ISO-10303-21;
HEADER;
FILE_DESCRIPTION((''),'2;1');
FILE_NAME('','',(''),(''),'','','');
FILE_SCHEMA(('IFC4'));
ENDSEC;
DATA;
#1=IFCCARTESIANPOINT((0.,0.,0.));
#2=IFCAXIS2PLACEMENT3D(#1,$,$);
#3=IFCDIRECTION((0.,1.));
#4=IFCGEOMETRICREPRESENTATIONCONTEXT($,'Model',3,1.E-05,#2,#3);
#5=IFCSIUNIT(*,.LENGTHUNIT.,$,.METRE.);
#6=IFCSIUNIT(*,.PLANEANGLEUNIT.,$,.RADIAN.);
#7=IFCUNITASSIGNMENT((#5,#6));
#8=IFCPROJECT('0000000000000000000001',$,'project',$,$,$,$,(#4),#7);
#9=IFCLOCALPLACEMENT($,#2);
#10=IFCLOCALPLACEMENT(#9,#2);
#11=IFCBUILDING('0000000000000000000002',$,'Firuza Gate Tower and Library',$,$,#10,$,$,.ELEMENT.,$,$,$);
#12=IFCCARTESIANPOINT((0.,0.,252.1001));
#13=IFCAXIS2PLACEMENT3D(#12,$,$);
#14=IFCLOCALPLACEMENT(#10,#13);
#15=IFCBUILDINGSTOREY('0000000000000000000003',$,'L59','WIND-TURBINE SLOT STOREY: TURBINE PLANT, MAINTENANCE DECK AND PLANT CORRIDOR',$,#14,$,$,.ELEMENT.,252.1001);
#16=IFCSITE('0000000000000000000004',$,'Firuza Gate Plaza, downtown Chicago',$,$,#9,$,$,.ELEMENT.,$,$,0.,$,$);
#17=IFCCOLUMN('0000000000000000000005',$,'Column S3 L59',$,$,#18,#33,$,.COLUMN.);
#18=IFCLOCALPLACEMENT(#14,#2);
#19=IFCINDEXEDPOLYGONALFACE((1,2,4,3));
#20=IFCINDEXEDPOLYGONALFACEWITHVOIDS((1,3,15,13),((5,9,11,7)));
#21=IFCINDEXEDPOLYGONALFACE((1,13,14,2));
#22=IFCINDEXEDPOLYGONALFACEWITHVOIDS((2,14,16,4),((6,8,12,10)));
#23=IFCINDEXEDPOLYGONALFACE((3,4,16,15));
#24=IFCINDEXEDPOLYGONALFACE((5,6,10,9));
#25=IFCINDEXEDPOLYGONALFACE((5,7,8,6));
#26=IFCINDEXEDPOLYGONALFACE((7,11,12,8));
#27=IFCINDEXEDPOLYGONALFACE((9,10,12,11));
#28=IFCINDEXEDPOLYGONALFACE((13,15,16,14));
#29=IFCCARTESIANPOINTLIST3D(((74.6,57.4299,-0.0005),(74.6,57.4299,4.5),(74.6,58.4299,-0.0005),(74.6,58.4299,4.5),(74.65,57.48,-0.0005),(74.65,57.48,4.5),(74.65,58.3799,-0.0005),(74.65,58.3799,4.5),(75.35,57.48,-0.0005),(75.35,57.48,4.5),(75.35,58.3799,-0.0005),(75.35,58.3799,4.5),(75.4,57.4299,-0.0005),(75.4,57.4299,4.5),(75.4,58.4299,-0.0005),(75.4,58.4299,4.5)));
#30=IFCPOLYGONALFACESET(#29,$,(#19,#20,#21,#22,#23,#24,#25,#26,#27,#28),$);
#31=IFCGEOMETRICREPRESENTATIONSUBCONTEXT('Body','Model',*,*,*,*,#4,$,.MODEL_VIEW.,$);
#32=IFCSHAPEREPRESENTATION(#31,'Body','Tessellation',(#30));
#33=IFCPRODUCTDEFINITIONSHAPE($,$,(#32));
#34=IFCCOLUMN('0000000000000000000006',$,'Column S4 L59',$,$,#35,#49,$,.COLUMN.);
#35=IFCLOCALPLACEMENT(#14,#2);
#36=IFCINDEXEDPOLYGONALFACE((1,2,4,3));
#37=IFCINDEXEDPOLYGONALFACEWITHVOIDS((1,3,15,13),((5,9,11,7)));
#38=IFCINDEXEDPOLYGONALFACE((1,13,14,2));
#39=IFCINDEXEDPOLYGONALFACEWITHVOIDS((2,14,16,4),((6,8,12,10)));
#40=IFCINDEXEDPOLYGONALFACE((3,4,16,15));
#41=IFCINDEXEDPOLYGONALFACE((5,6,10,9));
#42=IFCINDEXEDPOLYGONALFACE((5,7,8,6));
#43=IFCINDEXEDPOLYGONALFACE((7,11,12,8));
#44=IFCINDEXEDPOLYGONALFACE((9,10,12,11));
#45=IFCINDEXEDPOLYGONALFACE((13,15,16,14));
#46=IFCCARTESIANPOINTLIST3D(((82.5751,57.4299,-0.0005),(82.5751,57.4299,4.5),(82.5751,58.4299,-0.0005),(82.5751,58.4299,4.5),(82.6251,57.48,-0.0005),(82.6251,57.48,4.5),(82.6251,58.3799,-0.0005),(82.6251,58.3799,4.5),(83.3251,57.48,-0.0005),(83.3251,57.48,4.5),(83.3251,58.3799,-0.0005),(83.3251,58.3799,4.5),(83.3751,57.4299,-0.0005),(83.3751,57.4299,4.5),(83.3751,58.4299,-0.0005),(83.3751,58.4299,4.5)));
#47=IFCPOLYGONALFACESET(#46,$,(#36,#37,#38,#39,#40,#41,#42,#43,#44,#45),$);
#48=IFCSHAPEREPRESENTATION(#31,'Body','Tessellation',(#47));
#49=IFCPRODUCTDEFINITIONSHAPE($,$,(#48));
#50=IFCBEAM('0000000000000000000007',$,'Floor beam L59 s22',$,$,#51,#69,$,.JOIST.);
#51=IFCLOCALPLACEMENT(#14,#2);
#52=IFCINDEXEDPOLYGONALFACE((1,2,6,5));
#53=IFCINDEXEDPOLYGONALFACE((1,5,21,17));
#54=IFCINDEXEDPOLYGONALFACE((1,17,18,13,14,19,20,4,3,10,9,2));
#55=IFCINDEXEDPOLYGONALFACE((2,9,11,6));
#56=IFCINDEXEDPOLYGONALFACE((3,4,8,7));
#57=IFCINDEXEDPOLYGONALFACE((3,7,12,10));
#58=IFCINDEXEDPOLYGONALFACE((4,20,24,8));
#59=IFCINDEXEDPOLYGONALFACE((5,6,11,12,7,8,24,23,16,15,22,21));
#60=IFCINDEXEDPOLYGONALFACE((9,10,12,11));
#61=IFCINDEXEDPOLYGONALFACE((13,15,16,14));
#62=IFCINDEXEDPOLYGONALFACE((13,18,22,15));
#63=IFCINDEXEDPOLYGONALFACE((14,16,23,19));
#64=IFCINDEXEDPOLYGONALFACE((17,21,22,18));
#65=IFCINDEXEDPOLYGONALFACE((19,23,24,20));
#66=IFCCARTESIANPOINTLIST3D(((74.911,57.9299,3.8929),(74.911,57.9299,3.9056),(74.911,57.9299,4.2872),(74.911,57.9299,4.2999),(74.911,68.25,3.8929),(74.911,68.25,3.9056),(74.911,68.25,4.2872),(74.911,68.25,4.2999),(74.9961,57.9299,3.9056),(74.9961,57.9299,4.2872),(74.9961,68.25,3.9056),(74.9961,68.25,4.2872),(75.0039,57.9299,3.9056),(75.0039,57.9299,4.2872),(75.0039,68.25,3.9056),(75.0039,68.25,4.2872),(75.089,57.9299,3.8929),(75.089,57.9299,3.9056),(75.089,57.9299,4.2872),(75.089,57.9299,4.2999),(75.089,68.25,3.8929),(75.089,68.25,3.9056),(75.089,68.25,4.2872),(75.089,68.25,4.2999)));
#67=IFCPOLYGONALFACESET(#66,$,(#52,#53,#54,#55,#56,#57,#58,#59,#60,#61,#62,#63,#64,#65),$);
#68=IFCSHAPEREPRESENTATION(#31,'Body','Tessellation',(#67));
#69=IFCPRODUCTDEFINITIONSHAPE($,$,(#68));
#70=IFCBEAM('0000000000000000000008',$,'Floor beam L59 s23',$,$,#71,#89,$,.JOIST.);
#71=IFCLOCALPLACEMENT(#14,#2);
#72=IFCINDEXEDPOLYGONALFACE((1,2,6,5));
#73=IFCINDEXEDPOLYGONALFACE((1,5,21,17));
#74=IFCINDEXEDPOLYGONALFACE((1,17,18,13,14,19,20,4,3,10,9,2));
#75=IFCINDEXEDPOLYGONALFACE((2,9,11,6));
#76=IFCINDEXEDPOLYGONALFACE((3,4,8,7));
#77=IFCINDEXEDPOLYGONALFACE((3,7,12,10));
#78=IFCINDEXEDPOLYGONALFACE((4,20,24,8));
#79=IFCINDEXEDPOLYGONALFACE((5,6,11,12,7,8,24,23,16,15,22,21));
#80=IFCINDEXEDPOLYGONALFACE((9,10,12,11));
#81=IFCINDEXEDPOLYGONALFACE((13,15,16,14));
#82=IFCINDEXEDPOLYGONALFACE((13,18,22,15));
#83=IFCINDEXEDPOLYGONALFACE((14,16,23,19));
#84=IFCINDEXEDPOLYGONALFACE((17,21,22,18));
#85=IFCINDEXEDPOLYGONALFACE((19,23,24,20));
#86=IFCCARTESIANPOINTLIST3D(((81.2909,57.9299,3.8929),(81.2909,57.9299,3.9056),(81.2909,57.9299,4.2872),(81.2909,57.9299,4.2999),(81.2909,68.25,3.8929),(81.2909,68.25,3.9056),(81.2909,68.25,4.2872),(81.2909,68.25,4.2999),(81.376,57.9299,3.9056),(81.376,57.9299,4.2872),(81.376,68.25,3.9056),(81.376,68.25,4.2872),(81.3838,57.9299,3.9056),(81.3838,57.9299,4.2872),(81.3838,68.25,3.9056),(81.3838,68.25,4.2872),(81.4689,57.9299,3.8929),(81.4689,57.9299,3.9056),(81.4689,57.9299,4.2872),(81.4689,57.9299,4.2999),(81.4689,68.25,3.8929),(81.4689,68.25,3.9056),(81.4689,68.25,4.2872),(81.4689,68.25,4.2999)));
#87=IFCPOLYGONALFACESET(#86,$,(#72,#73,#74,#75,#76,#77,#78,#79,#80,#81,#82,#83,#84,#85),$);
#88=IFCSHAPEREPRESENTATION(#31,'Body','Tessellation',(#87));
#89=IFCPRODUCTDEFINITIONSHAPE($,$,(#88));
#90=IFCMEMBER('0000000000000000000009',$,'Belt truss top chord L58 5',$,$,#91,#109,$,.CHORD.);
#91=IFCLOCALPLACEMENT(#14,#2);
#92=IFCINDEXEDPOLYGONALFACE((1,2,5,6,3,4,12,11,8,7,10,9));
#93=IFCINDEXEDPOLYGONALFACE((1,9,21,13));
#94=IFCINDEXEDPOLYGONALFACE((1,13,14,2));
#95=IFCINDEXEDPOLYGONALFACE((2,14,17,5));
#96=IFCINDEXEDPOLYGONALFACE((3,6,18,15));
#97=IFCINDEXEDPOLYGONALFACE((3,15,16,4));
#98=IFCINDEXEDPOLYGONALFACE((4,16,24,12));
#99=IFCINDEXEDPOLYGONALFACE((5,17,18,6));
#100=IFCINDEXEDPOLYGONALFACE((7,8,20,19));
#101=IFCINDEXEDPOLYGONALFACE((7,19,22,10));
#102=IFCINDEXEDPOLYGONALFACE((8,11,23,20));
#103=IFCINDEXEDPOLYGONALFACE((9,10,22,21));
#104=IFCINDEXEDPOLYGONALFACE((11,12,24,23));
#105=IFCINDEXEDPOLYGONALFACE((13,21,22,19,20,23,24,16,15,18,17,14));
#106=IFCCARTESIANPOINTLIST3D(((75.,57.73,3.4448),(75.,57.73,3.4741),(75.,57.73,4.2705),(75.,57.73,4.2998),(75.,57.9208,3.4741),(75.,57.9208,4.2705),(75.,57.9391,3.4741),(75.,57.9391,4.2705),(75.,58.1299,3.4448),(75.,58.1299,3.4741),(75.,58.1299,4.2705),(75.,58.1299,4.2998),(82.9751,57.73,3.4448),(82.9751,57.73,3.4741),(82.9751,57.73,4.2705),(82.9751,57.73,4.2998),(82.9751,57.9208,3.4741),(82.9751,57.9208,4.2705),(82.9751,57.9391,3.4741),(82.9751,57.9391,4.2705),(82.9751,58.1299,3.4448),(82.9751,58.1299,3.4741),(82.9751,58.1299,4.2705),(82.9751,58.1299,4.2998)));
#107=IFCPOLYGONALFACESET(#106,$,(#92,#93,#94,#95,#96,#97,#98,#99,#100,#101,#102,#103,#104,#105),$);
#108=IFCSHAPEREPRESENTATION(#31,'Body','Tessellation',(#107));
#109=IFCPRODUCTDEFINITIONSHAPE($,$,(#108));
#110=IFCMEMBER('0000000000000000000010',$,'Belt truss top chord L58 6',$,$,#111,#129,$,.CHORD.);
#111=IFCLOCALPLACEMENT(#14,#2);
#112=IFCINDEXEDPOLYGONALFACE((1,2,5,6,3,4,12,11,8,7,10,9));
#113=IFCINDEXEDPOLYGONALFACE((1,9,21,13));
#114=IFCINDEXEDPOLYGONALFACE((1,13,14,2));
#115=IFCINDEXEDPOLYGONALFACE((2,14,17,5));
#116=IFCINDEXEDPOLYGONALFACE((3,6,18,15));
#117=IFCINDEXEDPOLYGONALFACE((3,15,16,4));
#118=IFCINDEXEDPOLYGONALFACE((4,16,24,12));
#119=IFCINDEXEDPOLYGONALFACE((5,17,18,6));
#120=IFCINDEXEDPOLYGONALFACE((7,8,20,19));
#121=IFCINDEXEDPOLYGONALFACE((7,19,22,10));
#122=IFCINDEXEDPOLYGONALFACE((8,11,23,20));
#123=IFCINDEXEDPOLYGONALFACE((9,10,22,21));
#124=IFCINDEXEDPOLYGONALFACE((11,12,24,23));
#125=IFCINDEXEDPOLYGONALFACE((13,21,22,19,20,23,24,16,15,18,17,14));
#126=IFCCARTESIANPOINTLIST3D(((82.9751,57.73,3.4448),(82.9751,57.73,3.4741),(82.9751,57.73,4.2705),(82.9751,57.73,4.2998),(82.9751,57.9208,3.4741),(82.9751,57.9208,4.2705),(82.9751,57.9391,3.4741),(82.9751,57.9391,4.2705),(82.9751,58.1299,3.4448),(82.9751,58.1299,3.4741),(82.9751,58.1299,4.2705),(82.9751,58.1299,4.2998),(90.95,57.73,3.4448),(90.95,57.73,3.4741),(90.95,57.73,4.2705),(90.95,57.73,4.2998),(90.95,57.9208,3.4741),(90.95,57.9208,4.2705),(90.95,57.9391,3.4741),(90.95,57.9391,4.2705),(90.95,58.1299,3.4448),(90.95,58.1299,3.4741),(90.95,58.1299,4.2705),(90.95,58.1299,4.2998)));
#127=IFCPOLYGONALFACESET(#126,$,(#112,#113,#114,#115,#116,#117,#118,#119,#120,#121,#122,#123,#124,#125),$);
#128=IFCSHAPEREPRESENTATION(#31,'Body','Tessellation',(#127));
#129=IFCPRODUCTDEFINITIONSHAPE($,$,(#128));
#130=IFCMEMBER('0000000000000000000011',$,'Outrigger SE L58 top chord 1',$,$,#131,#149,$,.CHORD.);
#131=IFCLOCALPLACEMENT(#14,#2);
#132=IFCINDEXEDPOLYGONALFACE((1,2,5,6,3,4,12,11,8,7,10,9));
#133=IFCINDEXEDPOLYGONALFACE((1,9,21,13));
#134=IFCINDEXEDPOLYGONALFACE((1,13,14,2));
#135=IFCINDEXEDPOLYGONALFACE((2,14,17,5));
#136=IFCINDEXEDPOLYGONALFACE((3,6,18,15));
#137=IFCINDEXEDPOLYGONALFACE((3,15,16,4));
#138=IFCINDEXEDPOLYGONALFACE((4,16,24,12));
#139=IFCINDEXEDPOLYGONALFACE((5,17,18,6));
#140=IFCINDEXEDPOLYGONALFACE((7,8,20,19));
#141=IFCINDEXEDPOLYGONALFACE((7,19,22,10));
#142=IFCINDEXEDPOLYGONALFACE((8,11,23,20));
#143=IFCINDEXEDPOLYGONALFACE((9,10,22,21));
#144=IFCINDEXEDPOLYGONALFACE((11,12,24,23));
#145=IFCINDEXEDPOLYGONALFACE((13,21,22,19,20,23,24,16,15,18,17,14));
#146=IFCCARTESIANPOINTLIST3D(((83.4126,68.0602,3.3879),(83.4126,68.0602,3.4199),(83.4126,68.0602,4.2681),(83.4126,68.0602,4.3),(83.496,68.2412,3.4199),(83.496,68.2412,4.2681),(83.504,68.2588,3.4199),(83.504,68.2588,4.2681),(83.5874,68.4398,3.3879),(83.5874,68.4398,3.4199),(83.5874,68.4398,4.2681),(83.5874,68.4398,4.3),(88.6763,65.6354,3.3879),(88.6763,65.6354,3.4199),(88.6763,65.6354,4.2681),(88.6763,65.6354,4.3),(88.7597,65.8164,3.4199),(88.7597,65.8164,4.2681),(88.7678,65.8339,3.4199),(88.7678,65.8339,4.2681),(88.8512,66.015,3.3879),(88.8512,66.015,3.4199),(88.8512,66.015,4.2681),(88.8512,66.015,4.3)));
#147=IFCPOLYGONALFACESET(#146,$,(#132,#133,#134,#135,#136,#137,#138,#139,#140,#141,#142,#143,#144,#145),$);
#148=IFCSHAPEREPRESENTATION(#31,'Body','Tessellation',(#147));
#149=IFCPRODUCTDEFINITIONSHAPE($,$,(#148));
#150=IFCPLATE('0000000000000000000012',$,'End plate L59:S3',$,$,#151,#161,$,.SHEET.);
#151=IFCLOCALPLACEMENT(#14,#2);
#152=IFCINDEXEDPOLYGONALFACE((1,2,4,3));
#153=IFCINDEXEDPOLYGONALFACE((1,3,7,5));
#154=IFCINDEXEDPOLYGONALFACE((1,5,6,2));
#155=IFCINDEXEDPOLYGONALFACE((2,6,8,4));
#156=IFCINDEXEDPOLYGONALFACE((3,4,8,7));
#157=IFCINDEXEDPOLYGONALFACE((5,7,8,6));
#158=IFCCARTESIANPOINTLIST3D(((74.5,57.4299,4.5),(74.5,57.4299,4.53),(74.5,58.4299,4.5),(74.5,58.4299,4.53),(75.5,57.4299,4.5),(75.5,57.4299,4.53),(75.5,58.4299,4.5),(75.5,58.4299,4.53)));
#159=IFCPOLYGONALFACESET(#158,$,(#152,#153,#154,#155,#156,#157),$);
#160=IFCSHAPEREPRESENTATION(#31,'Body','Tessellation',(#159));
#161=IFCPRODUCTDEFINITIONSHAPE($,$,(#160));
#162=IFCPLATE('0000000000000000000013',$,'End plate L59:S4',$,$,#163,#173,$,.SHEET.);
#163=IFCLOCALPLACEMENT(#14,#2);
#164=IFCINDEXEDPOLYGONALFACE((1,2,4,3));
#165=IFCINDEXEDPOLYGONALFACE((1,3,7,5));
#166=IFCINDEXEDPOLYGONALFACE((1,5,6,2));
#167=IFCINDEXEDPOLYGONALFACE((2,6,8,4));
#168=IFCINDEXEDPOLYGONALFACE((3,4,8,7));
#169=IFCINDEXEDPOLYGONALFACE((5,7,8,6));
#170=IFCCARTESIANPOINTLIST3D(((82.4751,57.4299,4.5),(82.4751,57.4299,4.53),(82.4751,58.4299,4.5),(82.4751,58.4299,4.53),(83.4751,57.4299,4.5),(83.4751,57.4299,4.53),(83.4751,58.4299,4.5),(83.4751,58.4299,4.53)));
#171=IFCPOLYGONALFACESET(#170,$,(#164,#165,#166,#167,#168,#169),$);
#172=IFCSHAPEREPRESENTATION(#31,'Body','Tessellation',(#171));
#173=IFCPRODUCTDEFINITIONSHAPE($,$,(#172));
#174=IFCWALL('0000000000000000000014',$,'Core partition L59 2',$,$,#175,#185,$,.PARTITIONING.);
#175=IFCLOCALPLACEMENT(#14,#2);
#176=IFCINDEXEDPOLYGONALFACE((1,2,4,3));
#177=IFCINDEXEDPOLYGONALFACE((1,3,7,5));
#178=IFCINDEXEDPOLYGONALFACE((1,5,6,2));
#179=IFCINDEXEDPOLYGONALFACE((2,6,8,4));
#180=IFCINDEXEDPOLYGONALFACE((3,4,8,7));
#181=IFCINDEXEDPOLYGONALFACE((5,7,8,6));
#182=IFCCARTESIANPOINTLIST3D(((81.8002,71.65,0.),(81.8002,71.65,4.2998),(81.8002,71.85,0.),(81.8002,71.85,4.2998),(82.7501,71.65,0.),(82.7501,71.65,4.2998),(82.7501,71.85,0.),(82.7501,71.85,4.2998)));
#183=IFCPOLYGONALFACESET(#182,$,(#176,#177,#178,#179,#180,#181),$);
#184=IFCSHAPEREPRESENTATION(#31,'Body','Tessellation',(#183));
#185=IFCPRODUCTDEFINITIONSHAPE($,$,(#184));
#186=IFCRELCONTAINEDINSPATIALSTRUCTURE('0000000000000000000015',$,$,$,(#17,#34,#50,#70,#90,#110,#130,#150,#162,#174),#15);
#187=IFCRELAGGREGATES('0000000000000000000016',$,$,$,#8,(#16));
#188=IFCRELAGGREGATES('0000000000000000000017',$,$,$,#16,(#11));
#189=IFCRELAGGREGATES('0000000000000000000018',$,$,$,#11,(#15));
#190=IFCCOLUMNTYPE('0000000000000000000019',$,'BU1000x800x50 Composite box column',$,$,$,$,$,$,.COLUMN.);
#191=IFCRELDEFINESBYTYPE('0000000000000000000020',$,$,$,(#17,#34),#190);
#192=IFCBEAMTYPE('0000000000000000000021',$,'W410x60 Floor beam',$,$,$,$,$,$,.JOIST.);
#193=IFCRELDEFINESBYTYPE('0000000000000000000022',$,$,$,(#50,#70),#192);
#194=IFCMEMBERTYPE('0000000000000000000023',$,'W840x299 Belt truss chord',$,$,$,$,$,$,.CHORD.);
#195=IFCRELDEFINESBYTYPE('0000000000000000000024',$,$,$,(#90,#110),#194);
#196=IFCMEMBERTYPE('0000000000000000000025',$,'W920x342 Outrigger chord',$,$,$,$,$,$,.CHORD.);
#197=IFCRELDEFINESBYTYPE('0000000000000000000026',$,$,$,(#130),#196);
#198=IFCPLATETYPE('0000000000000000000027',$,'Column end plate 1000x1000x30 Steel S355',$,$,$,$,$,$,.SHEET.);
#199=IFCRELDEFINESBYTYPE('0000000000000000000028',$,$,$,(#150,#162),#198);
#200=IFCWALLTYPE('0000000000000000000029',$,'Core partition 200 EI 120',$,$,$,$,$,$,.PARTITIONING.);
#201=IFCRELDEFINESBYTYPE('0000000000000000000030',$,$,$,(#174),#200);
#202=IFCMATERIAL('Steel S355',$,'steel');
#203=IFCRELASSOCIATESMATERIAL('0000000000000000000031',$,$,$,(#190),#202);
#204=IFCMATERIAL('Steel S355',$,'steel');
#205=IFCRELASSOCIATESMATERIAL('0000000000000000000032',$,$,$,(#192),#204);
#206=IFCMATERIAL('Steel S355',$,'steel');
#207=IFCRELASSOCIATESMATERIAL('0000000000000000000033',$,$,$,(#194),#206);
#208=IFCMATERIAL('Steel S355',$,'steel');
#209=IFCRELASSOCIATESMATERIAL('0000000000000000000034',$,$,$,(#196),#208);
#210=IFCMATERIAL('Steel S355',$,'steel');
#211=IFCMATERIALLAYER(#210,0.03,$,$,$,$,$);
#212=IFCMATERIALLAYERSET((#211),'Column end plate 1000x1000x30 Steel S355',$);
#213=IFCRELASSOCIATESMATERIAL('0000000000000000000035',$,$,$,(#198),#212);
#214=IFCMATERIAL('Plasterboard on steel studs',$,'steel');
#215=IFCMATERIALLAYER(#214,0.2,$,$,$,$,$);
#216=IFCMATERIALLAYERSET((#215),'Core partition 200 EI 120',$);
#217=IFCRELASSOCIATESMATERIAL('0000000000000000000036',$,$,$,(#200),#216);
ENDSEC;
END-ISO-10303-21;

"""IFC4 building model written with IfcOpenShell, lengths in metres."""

from ifc_helpers import new_model, si_unit, direction, frame, frame_2d, origin, origin_2d, place, context, subcontext, project, spatial, rectangle, hollow_rectangle, i_section, extrude, material, layer, layer_set, material_profile, profile_set, type_object, element, save


model = new_model("IFC4")

# Units and contexts
model_context = context("Model", 3, precision=1e-05, world=origin(), true_north=direction((0.0, 1.0)))
body_context = subcontext(model_context, "Body", "Model", "MODEL_VIEW")
ifc_project = project(units=[si_unit("LENGTHUNIT", "METRE"), si_unit("PLANEANGLEUNIT", "RADIAN")], contexts=[model_context])

# Site, building, storey
site_placement = place(None, origin())
site = spatial("IfcSite", under=ifc_project, at=site_placement, Name="Firuza Gate Plaza, downtown Chicago", CompositionType="ELEMENT", RefElevation=0.0)
building_placement = place(site_placement, origin())
building = spatial("IfcBuilding", under=site, at=building_placement, Name="Firuza Gate Tower and Library", CompositionType="ELEMENT")
storey_placement = place(building_placement, frame((0.0, 0.0, 252.1001)))
storey = spatial("IfcBuildingStorey", under=building, at=storey_placement, Name="L59", Description="WIND-TURBINE SLOT STOREY: TURBINE PLANT, MAINTENANCE DECK AND PLANT CORRIDOR", CompositionType="ELEMENT", Elevation=252.1001)

# Columns
ifc_material_1 = material(Name="Steel S355", Category="steel")
ifc_material_profile_1 = material_profile(ifc_material_1, hollow_rectangle(XDim=0.8, YDim=1.0, WallThickness=0.05, at=origin_2d()))
ifc_profile_set_1 = profile_set([ifc_material_profile_1], Name="Steel S355")
column_type = type_object("IfcColumnType", Name="BU1000x800x50 Composite box column", PredefinedType="COLUMN", material=ifc_profile_set_1)
for number, where, z_axis, x_axis, name in (
    (1, (75.0, 57.9299, -0.0005), (0.0, 0.0, 1.0), (1.0, 0.0, 0.0), "Column S3 L59"),
    (2, (82.9751, 57.9299, -0.0005), (0.0, 0.0, 1.0), (1.0, 0.0, 0.0), "Column S4 L59"),
):
    element("IfcColumn", number, at=place(storey_placement, frame(where, z_axis=z_axis, x_axis=x_axis)), inside=storey, type_object=column_type, Name=name, PredefinedType="COLUMN", context=body_context, shape_type="SweptSolid", body=[
        extrude(hollow_rectangle(XDim=0.8, YDim=1.0, WallThickness=0.05, at=origin_2d()), origin(), (0.0, 0.0, 1.0), 4.5005),
    ])

# Beams
ifc_material_2 = material(Name="Steel S355", Category="steel")
ifc_material_profile_2 = material_profile(ifc_material_2, i_section(OverallWidth=0.178, OverallDepth=0.407, WebThickness=0.0078, FlangeThickness=0.0127, at=origin_2d()))
ifc_profile_set_2 = profile_set([ifc_material_profile_2], Name="Steel S355")
beam_type = type_object("IfcBeamType", Name="W410x60 Floor beam", PredefinedType="JOIST", material=ifc_profile_set_2)
for number, where, z_axis, x_axis, name in (
    (3, (75.0, 57.9299, 4.0964), (0.0, 1.0, 0.0), (-1.0, 0.0, 0.0), "Floor beam L59 s22"),
    (4, (81.3799, 57.9299, 4.0964), (0.0, 1.0, 0.0), (-1.0, 0.0, 0.0), "Floor beam L59 s23"),
):
    element("IfcBeam", number, at=place(storey_placement, frame(where, z_axis=z_axis, x_axis=x_axis)), inside=storey, type_object=beam_type, Name=name, PredefinedType="JOIST", context=body_context, shape_type="SweptSolid", body=[
        extrude(i_section(OverallWidth=0.178, OverallDepth=0.407, WebThickness=0.0078, FlangeThickness=0.0127, at=origin_2d()), origin(), (0.0, 0.0, 1.0), 10.3201),
    ])

# Members
ifc_material_3 = material(Name="Steel S355", Category="steel")
ifc_material_profile_3 = material_profile(ifc_material_3, i_section(OverallWidth=0.3999, OverallDepth=0.855, WebThickness=0.0183, FlangeThickness=0.0293, at=origin_2d()))
ifc_profile_set_3 = profile_set([ifc_material_profile_3], Name="Steel S355")
member_type_1 = type_object("IfcMemberType", Name="W840x299 Belt truss chord", PredefinedType="CHORD", material=ifc_profile_set_3)
member_1_placement = place(storey_placement, frame((75.0, 57.9299, 3.8723), z_axis=(1.0, 0.0, 0.0), x_axis=(0.0, 1.0, 0.0)))
element("IfcMember", 5, at=member_1_placement, inside=storey, type_object=member_type_1, Name="Belt truss top chord L58 5", PredefinedType="CHORD", context=body_context, shape_type="SweptSolid", body=[
    extrude(i_section(OverallWidth=0.3999, OverallDepth=0.855, WebThickness=0.0183, FlangeThickness=0.0293, at=origin_2d()), origin(), (0.0, 0.0, 1.0), 7.9751),
])
member_2_placement = place(storey_placement, frame((82.9751, 57.9299, 3.8723), z_axis=(1.0, 0.0, 0.0), x_axis=(0.0, 1.0, 0.0)))
element("IfcMember", 6, at=member_2_placement, inside=storey, type_object=member_type_1, Name="Belt truss top chord L58 6", PredefinedType="CHORD", context=body_context, shape_type="SweptSolid", body=[
    extrude(i_section(OverallWidth=0.3999, OverallDepth=0.855, WebThickness=0.0183, FlangeThickness=0.0293, at=origin_2d()), origin(), (0.0, 0.0, 1.0), 7.9749),
])
ifc_material_4 = material(Name="Steel S355", Category="steel")
ifc_material_profile_4 = material_profile(ifc_material_4, i_section(OverallWidth=0.418, OverallDepth=0.9121, WebThickness=0.0193, FlangeThickness=0.032, at=origin_2d()))
ifc_profile_set_4 = profile_set([ifc_material_profile_4], Name="Steel S355")
member_type_2 = type_object("IfcMemberType", Name="W920x342 Outrigger chord", PredefinedType="CHORD", material=ifc_profile_set_4)
member_3_placement = place(storey_placement, frame((83.5, 68.25, 3.844), z_axis=(0.90826, -0.418406, 0.0), x_axis=(0.418406, 0.90826, 0.0)))
element("IfcMember", 7, at=member_3_placement, inside=storey, type_object=member_type_2, Name="Outrigger SE L58 top chord 1", PredefinedType="CHORD", context=body_context, shape_type="SweptSolid", body=[
    extrude(i_section(OverallWidth=0.418, OverallDepth=0.9121, WebThickness=0.0193, FlangeThickness=0.032, at=origin_2d()), origin(), (0.0, 0.0, 1.0), 5.7954),
])

# Plates
ifc_material_5 = material(Name="Steel S355", Category="steel")
ifc_layer_1 = layer(ifc_material_5, 0.03)
ifc_layer_set_1 = layer_set([ifc_layer_1], Name="Column end plate 1000x1000x30 Steel S355")
plate_type = type_object("IfcPlateType", Name="Column end plate 1000x1000x30 Steel S355", PredefinedType="SHEET", material=ifc_layer_set_1)
for number, where, z_axis, x_axis, name in (
    (8, (75.0, 57.9299, 4.5), (0.0, 0.0, 1.0), (1.0, 0.0, 0.0), "End plate L59:S3"),
    (9, (82.9751, 57.9299, 4.5), (0.0, 0.0, 1.0), (1.0, 0.0, 0.0), "End plate L59:S4"),
):
    element("IfcPlate", number, at=place(storey_placement, frame(where, z_axis=z_axis, x_axis=x_axis)), inside=storey, type_object=plate_type, Name=name, PredefinedType="SHEET", context=body_context, shape_type="SweptSolid", body=[
        extrude(rectangle(XDim=1.0, YDim=1.0, at=origin_2d()), origin(), (0.0, 0.0, 1.0), 0.03),
    ])

# Wall
ifc_material_6 = material(Name="Plasterboard on steel studs", Category="steel")
ifc_layer_2 = layer(ifc_material_6, 0.2)
ifc_layer_set_2 = layer_set([ifc_layer_2], Name="Core partition 200 EI 120")
wall_type_1 = type_object("IfcWallType", Name="Core partition 200 EI 120", PredefinedType="PARTITIONING", material=ifc_layer_set_2)
wall_1_placement = place(storey_placement, frame((81.8, 71.75, 0.0), z_axis=(0.0, 0.0, 1.0), x_axis=(1.0, 0.0, 0.0)))
element("IfcWall", 10, at=wall_1_placement, inside=storey, type_object=wall_type_1, Name="Core partition L59 2", PredefinedType="PARTITIONING", context=body_context, shape_type="SweptSolid", body=[
    extrude(rectangle(XDim=0.95, YDim=0.2, at=frame_2d((0.4751, 0.0))), origin(), (0.0, 0.0, 1.0), 4.2998),
])

save(model, "model.ifc")
